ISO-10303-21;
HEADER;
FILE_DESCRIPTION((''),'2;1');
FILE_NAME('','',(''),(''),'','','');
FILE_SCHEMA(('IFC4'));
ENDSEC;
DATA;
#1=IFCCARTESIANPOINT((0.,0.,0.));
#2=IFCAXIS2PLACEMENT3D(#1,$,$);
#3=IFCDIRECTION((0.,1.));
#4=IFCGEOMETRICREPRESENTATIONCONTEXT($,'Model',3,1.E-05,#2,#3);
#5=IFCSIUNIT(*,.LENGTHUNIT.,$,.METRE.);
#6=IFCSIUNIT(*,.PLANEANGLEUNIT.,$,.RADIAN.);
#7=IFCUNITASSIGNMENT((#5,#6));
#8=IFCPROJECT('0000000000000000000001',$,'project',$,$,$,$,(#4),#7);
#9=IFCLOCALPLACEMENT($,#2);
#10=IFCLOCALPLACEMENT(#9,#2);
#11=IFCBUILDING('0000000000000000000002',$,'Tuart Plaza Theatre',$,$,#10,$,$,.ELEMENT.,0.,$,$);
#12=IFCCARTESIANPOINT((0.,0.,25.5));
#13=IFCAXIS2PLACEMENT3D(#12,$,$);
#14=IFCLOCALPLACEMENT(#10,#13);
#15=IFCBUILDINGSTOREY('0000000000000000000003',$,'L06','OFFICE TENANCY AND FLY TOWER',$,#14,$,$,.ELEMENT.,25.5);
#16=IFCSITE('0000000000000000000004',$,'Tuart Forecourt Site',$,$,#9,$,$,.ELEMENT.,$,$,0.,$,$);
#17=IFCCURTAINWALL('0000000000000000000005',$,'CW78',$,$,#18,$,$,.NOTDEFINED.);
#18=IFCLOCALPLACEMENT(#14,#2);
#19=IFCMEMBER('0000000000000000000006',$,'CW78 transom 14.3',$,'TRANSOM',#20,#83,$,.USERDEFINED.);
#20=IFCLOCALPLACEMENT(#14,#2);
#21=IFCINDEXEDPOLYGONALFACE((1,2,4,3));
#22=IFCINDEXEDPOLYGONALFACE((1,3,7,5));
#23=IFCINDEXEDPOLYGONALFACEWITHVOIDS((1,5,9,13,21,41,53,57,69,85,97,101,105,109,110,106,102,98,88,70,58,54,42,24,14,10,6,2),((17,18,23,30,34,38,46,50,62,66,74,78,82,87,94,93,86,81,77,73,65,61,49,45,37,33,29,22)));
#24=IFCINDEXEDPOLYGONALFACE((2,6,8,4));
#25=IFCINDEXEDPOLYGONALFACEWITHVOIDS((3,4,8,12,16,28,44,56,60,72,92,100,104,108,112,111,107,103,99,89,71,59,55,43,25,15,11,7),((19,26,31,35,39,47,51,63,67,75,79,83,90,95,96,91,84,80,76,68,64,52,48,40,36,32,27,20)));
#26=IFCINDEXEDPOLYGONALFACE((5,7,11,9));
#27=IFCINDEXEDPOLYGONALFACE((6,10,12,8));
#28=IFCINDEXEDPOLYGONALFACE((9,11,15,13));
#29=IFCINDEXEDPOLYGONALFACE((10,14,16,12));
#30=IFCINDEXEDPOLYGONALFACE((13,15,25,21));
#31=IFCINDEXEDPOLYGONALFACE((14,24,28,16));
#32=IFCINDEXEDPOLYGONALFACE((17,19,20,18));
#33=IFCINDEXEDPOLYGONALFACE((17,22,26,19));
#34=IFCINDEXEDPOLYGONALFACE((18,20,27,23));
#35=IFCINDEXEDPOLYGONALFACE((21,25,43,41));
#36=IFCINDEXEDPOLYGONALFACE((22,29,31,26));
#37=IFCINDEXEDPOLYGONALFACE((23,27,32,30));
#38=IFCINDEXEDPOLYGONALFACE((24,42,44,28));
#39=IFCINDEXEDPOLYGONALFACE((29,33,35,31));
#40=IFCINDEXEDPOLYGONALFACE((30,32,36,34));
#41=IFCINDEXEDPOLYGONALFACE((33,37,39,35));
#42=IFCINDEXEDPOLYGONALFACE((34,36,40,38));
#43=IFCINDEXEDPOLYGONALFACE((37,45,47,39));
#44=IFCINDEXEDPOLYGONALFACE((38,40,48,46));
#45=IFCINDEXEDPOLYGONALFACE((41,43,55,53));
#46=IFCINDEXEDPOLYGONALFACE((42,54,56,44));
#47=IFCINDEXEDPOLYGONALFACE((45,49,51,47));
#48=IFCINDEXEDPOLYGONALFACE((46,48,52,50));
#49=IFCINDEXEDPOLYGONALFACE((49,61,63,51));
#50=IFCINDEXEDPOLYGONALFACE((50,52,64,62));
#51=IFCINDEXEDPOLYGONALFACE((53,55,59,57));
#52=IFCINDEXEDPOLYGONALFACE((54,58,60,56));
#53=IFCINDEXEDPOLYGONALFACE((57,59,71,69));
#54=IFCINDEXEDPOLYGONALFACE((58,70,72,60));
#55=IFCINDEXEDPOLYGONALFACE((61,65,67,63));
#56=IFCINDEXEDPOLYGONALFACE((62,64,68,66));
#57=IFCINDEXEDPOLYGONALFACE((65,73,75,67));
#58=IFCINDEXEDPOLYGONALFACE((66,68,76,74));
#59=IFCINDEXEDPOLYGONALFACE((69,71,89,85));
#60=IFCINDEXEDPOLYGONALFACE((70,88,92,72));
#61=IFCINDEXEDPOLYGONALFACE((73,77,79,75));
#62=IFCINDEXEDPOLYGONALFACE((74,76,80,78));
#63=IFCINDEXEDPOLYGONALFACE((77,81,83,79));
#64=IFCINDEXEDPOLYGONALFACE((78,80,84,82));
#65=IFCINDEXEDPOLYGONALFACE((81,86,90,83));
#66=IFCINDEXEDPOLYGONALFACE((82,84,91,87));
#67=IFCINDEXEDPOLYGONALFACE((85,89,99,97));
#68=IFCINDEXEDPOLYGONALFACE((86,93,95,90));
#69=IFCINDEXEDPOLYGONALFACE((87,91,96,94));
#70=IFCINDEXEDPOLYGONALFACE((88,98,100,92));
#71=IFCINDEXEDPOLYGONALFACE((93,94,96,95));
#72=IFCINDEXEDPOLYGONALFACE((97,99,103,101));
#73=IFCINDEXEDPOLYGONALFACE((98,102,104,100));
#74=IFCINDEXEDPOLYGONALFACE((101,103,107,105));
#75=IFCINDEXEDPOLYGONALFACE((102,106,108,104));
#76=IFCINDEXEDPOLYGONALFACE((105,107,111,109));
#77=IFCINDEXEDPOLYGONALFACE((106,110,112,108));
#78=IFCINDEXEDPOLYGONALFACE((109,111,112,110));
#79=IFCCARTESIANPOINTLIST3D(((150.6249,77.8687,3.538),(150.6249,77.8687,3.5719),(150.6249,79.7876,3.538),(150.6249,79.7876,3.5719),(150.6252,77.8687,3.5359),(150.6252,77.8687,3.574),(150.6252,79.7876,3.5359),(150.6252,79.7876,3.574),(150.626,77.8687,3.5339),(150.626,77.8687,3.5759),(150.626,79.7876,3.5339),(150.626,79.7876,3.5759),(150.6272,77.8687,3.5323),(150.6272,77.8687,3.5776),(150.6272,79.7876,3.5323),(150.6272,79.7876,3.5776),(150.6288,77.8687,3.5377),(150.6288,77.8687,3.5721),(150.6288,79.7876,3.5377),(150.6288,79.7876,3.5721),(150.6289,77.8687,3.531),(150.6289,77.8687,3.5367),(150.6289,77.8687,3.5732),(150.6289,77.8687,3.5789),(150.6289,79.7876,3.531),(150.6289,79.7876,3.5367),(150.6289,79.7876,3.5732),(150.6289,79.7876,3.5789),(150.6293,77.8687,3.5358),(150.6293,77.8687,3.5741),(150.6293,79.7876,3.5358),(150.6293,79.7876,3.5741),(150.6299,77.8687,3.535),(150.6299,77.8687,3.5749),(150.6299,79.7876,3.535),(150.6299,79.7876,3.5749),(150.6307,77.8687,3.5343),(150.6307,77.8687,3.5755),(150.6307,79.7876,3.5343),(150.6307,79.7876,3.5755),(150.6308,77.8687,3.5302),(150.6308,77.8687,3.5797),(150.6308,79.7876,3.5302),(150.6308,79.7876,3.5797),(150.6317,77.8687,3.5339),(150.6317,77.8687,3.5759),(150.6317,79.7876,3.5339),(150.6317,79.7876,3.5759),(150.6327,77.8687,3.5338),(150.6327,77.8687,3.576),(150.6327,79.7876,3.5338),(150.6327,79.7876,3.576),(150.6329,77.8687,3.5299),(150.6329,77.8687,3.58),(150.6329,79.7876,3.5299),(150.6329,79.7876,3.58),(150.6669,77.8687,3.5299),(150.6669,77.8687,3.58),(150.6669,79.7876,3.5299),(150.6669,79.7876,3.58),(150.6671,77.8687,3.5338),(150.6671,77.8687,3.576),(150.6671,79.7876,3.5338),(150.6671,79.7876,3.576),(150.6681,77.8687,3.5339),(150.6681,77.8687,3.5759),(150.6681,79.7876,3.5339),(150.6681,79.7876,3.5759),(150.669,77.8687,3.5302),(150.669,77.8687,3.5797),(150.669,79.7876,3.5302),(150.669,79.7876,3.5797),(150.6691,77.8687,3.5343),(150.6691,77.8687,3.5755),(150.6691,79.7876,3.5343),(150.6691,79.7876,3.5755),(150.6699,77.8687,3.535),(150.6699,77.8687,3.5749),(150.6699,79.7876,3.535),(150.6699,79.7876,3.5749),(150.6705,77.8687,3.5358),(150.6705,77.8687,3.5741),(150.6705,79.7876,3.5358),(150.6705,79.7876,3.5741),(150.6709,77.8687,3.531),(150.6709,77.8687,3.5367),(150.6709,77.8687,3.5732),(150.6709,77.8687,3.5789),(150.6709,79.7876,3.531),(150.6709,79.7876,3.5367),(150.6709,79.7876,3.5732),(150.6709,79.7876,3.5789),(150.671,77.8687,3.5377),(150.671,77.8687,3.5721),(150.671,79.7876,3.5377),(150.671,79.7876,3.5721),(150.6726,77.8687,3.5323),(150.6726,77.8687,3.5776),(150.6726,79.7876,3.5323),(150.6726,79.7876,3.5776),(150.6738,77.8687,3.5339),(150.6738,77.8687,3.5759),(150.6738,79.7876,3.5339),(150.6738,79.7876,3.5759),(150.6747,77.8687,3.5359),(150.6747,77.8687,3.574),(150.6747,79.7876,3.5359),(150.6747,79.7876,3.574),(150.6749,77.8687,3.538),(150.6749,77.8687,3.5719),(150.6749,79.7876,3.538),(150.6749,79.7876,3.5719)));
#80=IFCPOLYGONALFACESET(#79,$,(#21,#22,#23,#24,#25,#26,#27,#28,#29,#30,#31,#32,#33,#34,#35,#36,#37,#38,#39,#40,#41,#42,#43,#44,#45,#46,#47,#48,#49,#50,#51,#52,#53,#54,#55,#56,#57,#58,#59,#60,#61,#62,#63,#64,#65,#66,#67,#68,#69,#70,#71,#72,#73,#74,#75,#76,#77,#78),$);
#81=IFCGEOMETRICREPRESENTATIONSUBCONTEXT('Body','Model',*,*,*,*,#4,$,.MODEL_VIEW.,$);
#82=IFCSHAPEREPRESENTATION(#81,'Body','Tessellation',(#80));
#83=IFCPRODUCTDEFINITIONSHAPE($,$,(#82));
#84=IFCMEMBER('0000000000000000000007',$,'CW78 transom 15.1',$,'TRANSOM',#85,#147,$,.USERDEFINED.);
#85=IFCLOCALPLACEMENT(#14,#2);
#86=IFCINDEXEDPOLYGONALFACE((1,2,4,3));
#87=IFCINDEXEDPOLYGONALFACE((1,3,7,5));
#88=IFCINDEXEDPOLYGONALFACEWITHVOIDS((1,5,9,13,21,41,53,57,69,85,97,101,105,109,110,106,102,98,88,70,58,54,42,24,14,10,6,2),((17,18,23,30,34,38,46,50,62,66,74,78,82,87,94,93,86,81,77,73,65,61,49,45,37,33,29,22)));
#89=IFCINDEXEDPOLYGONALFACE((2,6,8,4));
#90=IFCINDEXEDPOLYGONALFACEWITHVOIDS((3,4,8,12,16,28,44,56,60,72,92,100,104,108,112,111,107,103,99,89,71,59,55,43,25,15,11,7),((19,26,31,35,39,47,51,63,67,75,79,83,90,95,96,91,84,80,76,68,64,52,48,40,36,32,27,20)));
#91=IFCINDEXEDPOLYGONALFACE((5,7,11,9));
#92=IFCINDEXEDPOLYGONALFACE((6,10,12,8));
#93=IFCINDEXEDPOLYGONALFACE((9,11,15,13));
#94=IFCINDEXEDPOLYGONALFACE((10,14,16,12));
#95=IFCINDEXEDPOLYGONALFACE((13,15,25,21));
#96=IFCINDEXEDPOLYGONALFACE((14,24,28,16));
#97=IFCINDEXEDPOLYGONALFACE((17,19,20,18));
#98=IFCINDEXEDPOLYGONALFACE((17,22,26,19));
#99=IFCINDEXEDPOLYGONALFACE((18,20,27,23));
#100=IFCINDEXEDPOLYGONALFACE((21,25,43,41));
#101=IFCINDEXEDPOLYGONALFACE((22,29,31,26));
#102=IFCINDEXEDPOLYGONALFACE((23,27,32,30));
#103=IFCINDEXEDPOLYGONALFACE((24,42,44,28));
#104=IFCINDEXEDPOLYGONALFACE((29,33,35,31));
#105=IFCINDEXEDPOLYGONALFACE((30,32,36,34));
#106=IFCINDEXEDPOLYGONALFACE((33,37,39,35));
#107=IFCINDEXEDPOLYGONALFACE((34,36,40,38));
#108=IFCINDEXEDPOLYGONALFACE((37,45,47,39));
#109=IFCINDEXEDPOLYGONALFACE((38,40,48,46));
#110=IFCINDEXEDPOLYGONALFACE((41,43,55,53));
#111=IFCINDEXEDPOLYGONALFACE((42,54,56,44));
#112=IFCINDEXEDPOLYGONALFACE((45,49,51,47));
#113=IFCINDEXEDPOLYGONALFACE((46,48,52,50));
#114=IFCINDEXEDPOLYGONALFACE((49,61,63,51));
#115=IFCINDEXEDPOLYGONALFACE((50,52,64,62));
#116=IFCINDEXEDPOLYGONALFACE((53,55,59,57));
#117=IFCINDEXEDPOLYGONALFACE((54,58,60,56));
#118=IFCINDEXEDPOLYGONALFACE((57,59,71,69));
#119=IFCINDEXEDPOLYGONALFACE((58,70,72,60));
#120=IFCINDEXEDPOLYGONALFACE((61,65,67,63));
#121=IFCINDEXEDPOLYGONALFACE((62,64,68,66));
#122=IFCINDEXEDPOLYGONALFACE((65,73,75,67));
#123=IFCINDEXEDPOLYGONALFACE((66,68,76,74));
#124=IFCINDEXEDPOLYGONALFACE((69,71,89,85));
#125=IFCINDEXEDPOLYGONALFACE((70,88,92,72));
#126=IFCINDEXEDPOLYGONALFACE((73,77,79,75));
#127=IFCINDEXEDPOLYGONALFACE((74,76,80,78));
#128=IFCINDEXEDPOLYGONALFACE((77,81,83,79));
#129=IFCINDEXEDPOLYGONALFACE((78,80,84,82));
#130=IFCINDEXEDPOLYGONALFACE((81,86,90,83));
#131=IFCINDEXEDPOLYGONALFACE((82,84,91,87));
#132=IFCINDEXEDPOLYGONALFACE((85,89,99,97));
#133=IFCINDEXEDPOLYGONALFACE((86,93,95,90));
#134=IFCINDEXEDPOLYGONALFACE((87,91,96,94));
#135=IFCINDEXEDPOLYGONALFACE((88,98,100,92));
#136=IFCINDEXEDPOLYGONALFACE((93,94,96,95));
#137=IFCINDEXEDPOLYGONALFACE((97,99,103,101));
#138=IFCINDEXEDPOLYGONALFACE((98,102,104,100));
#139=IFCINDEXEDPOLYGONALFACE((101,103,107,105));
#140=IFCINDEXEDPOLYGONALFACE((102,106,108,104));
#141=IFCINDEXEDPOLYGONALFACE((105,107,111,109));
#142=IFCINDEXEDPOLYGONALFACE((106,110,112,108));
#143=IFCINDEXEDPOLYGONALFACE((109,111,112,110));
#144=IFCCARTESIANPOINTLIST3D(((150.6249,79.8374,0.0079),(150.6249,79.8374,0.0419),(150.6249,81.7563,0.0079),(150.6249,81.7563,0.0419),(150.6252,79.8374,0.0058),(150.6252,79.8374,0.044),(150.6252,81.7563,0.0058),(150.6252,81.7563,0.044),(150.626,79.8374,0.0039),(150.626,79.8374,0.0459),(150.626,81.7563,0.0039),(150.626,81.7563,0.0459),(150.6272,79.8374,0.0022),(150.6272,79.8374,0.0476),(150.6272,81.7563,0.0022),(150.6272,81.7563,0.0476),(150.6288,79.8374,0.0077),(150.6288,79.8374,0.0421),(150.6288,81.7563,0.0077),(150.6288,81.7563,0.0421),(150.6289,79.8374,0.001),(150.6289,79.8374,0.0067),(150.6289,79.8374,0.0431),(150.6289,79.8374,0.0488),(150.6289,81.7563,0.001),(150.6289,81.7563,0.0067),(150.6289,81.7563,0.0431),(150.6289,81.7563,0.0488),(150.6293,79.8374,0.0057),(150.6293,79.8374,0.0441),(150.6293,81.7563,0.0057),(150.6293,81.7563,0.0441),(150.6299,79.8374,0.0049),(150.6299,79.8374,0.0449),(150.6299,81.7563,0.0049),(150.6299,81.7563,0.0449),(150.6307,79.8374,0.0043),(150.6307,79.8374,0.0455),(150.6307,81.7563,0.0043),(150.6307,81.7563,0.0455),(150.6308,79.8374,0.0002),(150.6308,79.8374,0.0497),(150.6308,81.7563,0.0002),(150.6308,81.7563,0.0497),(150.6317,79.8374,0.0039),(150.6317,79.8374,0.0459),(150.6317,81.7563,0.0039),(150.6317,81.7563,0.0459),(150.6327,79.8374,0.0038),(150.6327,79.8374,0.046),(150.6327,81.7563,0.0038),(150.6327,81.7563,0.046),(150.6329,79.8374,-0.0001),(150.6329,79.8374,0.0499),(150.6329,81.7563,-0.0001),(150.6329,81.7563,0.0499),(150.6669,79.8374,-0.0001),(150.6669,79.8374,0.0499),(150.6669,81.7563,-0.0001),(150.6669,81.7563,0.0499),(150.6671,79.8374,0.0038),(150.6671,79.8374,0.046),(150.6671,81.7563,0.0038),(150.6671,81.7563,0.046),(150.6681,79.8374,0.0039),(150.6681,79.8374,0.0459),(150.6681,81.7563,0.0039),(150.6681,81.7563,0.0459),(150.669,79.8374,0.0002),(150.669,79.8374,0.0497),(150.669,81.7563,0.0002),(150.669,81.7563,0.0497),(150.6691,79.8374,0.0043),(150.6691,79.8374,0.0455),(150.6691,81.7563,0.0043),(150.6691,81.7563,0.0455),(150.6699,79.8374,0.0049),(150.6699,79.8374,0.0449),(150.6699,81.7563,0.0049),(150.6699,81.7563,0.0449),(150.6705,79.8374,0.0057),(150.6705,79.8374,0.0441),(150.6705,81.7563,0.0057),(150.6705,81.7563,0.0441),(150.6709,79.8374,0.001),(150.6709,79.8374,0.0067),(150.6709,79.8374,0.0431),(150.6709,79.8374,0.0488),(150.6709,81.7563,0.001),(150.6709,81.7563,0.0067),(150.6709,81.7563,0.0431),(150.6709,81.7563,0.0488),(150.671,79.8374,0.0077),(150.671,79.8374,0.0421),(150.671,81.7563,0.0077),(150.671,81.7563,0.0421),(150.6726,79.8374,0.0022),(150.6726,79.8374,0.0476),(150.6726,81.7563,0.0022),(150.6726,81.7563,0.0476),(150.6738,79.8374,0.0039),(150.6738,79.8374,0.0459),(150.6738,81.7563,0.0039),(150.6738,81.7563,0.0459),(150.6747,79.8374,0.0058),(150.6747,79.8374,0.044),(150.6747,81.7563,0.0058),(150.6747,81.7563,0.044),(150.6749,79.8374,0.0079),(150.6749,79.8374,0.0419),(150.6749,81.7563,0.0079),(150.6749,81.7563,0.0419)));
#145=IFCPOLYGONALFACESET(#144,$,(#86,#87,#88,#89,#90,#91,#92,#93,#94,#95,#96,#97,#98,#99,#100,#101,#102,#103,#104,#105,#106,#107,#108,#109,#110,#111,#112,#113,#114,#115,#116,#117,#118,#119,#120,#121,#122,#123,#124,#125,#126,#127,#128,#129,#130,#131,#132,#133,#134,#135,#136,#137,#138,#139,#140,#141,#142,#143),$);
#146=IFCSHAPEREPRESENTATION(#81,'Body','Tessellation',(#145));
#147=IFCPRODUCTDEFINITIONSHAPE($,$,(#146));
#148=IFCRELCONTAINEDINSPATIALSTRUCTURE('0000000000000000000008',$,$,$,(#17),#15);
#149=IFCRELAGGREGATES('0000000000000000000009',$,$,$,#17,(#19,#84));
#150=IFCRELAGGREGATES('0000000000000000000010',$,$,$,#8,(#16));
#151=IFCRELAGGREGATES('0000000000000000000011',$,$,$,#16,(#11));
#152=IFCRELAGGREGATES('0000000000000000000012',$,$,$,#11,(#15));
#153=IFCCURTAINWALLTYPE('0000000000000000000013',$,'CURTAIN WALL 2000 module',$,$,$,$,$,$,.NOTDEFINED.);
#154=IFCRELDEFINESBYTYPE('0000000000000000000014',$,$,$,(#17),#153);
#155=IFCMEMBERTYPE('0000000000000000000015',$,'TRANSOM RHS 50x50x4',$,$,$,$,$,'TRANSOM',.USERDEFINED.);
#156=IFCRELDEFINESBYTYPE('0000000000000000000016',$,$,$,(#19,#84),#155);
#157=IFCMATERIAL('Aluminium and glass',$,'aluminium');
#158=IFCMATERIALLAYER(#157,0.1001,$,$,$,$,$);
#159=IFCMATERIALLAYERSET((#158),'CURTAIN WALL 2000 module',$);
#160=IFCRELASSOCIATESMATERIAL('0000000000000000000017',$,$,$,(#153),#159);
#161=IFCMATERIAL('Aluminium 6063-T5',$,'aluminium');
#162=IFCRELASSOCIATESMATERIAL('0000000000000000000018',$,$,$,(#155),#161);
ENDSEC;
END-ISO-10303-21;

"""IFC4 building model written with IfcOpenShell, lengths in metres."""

from ifc_helpers import new_model, si_unit, direction, frame, origin, origin_2d, place, context, subcontext, project, spatial, hollow_rectangle, extrude, material, layer, layer_set, material_profile, profile_set, type_object, element, aggregate, save


model = new_model("IFC4")

# Units and contexts
model_context = context("Model", 3, precision=1e-05, world=origin(), true_north=direction((0.0, 1.0)))
body_context = subcontext(model_context, "Body", "Model", "MODEL_VIEW")
ifc_project = project(units=[si_unit("LENGTHUNIT", "METRE"), si_unit("PLANEANGLEUNIT", "RADIAN")], contexts=[model_context])

# Site, building, storey
site_placement = place(None, origin())
site = spatial("IfcSite", under=ifc_project, at=site_placement, Name="Tuart Forecourt Site", CompositionType="ELEMENT", RefElevation=0.0)
building_placement = place(site_placement, origin())
building = spatial("IfcBuilding", under=site, at=building_placement, Name="Tuart Plaza Theatre", CompositionType="ELEMENT", ElevationOfRefHeight=0.0)
storey_placement = place(building_placement, frame((0.0, 0.0, 25.5)))
storey = spatial("IfcBuildingStorey", under=building, at=storey_placement, Name="L06", Description="OFFICE TENANCY AND FLY TOWER", CompositionType="ELEMENT", Elevation=25.5)

# Curtain wall, members
ifc_material_1 = material(Name="Aluminium and glass", Category="aluminium")
ifc_layer_1 = layer(ifc_material_1, 0.1001)
ifc_layer_set_1 = layer_set([ifc_layer_1], Name="CURTAIN WALL 2000 module")
curtain_wall_type = type_object("IfcCurtainWallType", Name="CURTAIN WALL 2000 module", PredefinedType="NOTDEFINED", material=ifc_layer_set_1)
curtain_wall_placement = place(storey_placement, origin())
curtain_wall = element("IfcCurtainWall", 1, at=curtain_wall_placement, inside=storey, type_object=curtain_wall_type, Name="CW78", PredefinedType="NOTDEFINED")
ifc_material_2 = material(Name="Aluminium 6063-T5", Category="aluminium")
ifc_material_profile_1 = material_profile(ifc_material_2, hollow_rectangle(XDim=0.05, YDim=0.05, WallThickness=0.0039, InnerFilletRadius=0.0039, OuterFilletRadius=0.0081, at=origin_2d()), Name="RHS 50x50x4")
ifc_profile_set_1 = profile_set([ifc_material_profile_1], Name="Aluminium 6063-T5")
member_type_1 = type_object("IfcMemberType", Name="TRANSOM RHS 50x50x4", ElementType="TRANSOM", PredefinedType="USERDEFINED", material=ifc_profile_set_1)
member_1_placement = place(storey_placement, frame((150.6499, 77.8687, 3.5549), z_axis=(0.0, 1.0, 0.0), x_axis=(-1.0, 0.0, 0.0)))
member_1 = element("IfcMember", 2, at=member_1_placement, type_object=member_type_1, Name="CW78 transom 14.3", ObjectType="TRANSOM", PredefinedType="USERDEFINED", context=body_context, shape_type="SweptSolid", body=[
    extrude(hollow_rectangle(XDim=0.05, YDim=0.05, WallThickness=0.0039, InnerFilletRadius=0.0039, OuterFilletRadius=0.0081, at=origin_2d()), origin(), (0.0, 0.0, 1.0), 1.9189),
])
member_2_placement = place(storey_placement, frame((150.6499, 79.8374, 0.0249), z_axis=(0.0, 1.0, 0.0), x_axis=(-1.0, 0.0, 0.0)))
member_2 = element("IfcMember", 3, at=member_2_placement, type_object=member_type_1, Name="CW78 transom 15.1", ObjectType="TRANSOM", PredefinedType="USERDEFINED", context=body_context, shape_type="SweptSolid", body=[
    extrude(hollow_rectangle(XDim=0.05, YDim=0.05, WallThickness=0.0039, InnerFilletRadius=0.0039, OuterFilletRadius=0.0081, at=origin_2d()), origin(), (0.0, 0.0, 1.0), 1.9189),
])
aggregate(curtain_wall, [member_1, member_2])

save(model, "model.ifc")
